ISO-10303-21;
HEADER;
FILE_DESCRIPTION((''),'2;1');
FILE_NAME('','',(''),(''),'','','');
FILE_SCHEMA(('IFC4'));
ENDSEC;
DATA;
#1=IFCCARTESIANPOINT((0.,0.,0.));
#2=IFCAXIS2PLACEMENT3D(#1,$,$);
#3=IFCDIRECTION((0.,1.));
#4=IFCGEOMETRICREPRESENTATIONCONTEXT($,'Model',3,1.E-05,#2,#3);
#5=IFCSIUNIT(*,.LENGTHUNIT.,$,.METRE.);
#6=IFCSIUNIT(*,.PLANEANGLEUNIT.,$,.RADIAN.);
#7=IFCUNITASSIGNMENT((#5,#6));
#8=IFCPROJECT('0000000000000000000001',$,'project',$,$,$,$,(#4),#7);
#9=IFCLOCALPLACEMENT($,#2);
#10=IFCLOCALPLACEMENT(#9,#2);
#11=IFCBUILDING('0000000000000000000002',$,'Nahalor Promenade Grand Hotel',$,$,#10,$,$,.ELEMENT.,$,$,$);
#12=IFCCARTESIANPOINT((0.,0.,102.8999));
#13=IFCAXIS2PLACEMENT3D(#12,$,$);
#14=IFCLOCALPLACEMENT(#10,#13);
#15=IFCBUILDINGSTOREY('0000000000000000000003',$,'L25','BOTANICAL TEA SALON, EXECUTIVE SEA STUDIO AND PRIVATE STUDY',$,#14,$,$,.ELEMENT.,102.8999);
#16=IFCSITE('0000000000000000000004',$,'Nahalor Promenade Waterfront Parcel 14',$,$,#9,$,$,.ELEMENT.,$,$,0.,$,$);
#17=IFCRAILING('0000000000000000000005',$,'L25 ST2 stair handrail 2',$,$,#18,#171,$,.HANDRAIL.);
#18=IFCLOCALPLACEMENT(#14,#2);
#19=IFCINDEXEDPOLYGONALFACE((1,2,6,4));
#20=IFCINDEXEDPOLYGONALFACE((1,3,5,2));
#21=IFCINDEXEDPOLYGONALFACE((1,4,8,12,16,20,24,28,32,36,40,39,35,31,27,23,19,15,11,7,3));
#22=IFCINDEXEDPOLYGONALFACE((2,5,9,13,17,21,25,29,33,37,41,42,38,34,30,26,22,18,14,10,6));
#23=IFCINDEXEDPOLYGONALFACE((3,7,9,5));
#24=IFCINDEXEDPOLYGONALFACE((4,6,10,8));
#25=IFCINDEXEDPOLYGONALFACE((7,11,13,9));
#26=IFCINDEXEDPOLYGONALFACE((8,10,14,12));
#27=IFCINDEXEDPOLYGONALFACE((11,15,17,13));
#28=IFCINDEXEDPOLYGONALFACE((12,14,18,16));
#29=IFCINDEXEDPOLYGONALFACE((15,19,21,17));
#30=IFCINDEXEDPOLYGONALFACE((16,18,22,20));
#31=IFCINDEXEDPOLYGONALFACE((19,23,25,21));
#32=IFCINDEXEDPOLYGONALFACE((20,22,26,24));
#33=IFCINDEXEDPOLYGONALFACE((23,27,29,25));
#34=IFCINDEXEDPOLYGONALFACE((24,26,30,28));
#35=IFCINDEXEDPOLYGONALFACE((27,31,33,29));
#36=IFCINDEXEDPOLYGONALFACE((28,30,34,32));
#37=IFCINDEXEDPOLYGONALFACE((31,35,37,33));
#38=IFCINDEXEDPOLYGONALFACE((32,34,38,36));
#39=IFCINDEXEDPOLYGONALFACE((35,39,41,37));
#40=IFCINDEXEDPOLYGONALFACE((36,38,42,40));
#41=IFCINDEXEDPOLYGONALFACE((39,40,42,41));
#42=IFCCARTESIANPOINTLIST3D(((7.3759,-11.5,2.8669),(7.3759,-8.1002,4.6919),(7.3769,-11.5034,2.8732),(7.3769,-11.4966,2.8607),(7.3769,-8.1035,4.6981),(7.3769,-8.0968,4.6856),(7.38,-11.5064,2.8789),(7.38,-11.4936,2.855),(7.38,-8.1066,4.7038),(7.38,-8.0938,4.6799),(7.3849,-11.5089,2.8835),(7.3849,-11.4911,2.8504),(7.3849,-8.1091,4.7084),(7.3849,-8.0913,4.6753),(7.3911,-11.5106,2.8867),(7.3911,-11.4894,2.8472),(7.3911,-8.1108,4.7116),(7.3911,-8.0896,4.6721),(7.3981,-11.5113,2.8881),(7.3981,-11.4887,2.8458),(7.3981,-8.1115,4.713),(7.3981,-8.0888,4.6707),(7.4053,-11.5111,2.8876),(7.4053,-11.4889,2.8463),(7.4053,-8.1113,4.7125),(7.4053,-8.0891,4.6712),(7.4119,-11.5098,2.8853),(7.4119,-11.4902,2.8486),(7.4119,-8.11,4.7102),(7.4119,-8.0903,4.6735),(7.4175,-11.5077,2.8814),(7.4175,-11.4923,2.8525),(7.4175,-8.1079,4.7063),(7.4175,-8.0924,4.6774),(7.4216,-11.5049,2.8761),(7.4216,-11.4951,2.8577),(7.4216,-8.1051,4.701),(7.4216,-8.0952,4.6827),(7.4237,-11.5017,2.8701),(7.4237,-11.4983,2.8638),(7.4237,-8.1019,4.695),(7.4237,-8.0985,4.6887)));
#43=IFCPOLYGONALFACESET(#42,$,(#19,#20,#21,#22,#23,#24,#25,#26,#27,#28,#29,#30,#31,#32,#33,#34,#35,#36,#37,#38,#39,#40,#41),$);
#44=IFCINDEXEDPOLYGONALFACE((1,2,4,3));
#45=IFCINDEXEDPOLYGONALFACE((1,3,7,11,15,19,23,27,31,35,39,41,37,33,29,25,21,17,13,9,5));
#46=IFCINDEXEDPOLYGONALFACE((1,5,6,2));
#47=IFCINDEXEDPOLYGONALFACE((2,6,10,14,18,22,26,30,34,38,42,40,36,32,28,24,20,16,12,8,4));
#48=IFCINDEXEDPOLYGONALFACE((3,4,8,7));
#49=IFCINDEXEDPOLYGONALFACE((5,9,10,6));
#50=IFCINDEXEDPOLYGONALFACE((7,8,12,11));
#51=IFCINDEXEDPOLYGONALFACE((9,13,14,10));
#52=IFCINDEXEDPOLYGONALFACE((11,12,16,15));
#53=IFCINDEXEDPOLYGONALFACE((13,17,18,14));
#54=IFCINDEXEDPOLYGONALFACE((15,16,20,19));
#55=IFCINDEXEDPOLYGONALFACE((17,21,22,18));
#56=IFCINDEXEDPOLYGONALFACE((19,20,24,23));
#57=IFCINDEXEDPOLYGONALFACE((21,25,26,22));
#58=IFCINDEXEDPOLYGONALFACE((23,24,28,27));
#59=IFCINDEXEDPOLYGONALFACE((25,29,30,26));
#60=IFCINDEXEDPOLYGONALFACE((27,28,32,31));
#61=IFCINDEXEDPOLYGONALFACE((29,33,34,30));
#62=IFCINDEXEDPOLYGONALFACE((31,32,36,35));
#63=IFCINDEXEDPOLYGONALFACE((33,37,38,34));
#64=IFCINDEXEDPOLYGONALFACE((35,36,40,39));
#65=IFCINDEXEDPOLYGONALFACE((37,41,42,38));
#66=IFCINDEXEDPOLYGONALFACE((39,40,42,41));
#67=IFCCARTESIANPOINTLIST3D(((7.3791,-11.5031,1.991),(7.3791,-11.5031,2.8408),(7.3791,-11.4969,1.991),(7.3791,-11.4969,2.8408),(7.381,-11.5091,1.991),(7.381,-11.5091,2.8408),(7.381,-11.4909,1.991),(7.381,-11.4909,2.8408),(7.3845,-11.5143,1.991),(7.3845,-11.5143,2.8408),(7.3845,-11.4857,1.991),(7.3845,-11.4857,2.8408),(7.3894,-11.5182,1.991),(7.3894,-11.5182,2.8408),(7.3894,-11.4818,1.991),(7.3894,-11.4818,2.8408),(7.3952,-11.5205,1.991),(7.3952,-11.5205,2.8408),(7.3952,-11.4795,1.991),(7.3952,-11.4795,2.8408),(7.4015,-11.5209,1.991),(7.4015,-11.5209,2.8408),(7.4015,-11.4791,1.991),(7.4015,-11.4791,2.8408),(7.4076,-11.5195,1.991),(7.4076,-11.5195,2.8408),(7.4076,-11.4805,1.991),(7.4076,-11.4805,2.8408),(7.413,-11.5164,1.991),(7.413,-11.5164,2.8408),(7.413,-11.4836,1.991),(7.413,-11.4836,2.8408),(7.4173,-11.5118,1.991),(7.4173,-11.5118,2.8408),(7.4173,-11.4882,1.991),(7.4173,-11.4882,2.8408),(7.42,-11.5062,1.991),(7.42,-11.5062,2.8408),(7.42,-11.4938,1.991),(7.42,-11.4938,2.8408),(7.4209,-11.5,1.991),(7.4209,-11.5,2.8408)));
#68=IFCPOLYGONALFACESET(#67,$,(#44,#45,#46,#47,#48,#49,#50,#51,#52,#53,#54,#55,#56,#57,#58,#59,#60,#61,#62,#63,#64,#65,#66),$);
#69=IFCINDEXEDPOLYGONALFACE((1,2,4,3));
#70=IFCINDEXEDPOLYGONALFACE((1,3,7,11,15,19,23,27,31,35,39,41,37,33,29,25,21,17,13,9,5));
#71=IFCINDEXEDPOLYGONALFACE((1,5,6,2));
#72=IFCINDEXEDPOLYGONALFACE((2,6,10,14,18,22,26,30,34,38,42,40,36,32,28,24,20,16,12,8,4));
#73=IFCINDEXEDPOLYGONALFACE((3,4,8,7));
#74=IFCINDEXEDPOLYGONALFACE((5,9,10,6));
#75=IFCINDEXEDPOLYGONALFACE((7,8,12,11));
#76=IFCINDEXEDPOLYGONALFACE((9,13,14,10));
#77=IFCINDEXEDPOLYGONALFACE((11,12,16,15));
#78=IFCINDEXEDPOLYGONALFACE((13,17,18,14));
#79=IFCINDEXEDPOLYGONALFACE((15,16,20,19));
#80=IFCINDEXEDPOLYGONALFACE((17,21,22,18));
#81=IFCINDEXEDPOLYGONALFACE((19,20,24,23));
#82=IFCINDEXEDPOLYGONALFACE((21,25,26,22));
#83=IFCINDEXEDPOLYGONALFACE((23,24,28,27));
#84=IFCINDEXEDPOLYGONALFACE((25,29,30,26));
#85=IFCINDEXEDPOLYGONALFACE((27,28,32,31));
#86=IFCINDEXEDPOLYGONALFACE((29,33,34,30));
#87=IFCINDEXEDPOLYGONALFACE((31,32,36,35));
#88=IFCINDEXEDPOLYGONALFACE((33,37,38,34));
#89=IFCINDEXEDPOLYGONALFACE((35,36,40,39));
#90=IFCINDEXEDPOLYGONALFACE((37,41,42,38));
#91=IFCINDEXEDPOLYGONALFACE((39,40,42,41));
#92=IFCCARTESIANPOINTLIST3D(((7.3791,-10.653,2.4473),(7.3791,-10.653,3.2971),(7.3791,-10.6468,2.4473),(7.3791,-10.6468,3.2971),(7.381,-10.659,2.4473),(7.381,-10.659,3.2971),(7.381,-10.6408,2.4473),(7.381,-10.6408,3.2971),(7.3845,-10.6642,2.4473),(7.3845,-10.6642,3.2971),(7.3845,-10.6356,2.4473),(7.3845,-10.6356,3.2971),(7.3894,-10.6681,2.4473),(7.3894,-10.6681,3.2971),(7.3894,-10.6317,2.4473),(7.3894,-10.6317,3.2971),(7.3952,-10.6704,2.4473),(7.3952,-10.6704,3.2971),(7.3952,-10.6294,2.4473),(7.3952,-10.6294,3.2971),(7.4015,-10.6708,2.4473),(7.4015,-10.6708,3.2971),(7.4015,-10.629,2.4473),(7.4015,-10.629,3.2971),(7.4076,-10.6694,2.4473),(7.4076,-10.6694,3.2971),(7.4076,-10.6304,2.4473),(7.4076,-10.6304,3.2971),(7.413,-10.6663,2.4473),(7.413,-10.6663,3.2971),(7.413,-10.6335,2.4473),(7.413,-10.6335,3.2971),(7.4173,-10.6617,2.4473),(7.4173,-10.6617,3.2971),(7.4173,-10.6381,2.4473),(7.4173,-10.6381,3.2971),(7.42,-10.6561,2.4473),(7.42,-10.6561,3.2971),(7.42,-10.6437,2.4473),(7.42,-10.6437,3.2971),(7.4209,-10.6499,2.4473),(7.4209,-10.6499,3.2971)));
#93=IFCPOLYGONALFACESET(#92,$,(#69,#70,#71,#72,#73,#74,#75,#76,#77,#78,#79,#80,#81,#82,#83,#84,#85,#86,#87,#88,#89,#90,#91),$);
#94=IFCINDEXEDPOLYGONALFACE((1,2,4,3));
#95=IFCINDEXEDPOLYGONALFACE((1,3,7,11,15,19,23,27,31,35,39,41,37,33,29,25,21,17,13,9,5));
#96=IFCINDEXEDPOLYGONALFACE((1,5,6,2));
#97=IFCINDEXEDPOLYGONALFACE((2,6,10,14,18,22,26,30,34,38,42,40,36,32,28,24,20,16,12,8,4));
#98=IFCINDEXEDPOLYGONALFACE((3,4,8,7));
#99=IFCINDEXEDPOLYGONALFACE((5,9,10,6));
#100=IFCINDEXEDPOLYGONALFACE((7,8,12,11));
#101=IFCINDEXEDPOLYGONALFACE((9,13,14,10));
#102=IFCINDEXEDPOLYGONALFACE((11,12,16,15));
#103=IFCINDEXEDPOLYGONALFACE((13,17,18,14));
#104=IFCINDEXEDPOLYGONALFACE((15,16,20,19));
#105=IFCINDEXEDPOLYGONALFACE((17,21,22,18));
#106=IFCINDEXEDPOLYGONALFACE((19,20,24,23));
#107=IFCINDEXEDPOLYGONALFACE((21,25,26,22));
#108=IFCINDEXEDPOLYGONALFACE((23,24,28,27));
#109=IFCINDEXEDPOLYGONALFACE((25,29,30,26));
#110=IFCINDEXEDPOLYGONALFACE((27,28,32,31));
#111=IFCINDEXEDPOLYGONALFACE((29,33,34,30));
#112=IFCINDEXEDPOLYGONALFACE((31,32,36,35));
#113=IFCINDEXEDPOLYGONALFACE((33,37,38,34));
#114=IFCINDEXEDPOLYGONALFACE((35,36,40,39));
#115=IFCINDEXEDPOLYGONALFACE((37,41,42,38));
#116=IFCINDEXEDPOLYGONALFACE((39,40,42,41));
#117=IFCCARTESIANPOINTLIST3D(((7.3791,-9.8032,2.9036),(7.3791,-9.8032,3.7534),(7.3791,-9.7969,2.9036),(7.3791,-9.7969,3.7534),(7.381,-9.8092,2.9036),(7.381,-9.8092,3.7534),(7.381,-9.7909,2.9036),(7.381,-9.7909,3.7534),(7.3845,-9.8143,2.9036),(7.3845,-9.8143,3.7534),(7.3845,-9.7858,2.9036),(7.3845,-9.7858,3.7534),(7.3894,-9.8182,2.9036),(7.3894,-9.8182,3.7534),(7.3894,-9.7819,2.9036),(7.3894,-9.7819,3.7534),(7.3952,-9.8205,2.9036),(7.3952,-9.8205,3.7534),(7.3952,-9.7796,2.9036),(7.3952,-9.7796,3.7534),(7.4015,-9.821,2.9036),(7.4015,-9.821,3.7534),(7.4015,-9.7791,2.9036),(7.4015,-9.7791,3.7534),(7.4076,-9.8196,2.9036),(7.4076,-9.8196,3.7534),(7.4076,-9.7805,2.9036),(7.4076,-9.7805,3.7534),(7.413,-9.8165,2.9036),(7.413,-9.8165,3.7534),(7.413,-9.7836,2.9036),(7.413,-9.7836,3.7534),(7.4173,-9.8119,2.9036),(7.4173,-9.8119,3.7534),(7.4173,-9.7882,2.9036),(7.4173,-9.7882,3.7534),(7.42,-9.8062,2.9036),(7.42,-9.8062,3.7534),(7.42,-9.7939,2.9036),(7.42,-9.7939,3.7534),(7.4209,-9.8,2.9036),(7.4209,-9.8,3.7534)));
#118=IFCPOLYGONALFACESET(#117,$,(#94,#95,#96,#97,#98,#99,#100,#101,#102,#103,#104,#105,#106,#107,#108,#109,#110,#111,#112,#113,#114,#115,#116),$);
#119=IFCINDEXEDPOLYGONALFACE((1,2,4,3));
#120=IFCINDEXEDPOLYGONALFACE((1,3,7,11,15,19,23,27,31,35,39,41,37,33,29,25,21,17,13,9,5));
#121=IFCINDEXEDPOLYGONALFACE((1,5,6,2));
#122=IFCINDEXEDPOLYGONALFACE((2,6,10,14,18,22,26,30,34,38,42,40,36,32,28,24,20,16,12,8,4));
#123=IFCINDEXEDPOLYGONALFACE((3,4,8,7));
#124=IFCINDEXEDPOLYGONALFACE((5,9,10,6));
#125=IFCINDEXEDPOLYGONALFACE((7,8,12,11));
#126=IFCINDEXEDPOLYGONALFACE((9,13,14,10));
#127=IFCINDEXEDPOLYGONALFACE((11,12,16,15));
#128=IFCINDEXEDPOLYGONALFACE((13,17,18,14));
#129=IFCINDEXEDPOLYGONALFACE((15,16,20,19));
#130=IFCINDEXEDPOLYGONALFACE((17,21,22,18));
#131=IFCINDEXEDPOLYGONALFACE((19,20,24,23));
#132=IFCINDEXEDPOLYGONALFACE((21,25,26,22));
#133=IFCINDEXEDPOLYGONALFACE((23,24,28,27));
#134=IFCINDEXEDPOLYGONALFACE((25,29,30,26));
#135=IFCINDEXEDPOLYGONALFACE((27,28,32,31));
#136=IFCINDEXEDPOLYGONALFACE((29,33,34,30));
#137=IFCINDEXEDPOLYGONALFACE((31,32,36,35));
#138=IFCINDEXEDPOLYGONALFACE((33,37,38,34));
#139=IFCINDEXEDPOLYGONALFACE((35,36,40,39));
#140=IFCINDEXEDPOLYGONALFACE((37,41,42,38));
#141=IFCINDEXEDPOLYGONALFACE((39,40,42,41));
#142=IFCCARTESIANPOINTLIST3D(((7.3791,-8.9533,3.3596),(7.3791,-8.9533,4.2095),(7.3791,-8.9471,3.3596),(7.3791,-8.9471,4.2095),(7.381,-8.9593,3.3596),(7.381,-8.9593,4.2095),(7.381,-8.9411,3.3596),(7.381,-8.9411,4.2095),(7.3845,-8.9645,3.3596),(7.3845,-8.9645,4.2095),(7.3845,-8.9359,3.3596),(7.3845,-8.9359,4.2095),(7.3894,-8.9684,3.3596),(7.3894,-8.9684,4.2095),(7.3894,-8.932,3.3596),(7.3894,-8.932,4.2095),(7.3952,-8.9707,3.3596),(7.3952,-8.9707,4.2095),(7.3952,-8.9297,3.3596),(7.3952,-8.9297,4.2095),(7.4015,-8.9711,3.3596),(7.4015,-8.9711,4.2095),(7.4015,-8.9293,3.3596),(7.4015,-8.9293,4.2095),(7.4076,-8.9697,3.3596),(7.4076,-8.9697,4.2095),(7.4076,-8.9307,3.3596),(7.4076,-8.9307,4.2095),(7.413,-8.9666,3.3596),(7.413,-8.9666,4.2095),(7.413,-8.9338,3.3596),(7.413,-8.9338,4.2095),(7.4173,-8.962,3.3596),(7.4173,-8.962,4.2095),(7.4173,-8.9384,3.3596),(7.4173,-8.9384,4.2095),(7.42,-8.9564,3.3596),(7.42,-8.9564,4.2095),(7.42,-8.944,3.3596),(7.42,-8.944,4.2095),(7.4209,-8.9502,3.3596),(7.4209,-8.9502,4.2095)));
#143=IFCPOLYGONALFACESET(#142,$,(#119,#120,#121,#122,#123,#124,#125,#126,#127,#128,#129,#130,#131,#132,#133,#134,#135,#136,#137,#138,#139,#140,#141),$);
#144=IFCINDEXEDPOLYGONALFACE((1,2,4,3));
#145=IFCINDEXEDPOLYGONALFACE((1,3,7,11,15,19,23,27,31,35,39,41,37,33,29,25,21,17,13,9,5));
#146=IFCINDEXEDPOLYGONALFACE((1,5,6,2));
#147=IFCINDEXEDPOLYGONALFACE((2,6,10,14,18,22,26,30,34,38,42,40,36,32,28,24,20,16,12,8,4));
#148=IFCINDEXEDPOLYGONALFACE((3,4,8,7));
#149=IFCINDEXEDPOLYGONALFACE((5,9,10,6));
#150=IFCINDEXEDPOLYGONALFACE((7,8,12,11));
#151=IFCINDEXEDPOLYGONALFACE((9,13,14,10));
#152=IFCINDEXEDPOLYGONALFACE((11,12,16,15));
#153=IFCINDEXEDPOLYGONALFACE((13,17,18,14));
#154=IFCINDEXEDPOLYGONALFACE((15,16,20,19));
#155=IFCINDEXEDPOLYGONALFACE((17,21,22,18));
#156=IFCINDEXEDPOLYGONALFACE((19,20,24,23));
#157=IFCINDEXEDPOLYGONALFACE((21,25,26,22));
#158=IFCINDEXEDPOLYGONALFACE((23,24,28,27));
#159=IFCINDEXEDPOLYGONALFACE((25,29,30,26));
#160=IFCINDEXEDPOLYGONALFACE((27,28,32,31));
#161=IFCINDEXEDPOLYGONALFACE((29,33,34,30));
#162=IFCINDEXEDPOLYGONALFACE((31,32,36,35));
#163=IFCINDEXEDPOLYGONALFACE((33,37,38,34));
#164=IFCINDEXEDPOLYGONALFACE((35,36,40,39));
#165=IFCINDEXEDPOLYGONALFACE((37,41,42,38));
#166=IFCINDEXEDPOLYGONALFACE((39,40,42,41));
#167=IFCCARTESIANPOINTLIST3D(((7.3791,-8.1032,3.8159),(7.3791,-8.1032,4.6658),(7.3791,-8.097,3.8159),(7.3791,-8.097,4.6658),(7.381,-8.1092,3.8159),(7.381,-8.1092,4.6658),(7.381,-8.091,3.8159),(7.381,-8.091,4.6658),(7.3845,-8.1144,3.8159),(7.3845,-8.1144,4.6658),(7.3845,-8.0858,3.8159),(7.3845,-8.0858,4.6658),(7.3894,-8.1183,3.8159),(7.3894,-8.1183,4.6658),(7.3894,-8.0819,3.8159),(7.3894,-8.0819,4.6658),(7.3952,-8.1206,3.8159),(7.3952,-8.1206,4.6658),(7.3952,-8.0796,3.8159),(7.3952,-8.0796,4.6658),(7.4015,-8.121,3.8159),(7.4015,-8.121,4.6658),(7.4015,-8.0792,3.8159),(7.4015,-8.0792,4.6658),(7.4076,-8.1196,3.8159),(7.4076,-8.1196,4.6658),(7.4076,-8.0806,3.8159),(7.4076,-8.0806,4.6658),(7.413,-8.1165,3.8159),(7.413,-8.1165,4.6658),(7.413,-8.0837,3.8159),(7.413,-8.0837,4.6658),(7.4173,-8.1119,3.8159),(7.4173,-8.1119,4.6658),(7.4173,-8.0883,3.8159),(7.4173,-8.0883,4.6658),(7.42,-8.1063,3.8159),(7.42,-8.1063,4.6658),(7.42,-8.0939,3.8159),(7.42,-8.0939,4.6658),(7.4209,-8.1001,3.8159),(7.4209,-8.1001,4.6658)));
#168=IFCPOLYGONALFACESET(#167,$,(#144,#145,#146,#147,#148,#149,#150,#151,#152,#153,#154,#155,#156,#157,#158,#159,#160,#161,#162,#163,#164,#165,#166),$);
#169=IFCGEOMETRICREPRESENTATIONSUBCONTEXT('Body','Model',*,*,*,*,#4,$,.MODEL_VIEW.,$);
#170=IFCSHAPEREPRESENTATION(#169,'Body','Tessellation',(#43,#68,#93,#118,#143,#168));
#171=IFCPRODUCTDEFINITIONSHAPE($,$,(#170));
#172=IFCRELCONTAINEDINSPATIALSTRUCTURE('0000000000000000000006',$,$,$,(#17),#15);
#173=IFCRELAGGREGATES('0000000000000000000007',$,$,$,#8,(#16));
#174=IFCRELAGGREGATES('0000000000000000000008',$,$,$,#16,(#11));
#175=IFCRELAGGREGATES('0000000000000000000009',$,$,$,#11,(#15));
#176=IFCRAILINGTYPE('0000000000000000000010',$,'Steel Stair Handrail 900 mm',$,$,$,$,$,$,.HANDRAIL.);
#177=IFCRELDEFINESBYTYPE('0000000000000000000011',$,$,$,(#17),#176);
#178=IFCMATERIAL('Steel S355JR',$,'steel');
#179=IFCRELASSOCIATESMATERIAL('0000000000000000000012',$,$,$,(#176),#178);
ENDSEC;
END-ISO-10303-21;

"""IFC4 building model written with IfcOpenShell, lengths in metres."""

from ifc_helpers import new_model, si_unit, direction, frame, origin, origin_2d, place, context, subcontext, project, spatial, circle, extrude, material, type_object, element, save


model = new_model("IFC4")

# Units and contexts
model_context = context("Model", 3, precision=1e-05, world=origin(), true_north=direction((0.0, 1.0)))
body_context = subcontext(model_context, "Body", "Model", "MODEL_VIEW")
ifc_project = project(units=[si_unit("LENGTHUNIT", "METRE"), si_unit("PLANEANGLEUNIT", "RADIAN")], contexts=[model_context])

# Site, building, storey
site_placement = place(None, origin())
site = spatial("IfcSite", under=ifc_project, at=site_placement, Name="Nahalor Promenade Waterfront Parcel 14", CompositionType="ELEMENT", RefElevation=0.0)
building_placement = place(site_placement, origin())
building = spatial("IfcBuilding", under=site, at=building_placement, Name="Nahalor Promenade Grand Hotel", CompositionType="ELEMENT")
storey_placement = place(building_placement, frame((0.0, 0.0, 102.8999)))
storey = spatial("IfcBuildingStorey", under=building, at=storey_placement, Name="L25", Description="BOTANICAL TEA SALON, EXECUTIVE SEA STUDIO AND PRIVATE STUDY", CompositionType="ELEMENT", Elevation=102.8999)

# Shared definitions
ifc_material_1 = material(Name="Steel S355JR", Category="steel")

# Railing
railing_type_1 = type_object("IfcRailingType", Name="Steel Stair Handrail 900 mm", PredefinedType="HANDRAIL", material=ifc_material_1)
railing_1_placement = place(storey_placement, frame((7.3999, -11.5, 1.991)))
element("IfcRailing", 1, at=railing_1_placement, inside=storey, type_object=railing_type_1, Name="L25 ST2 stair handrail 2", PredefinedType="HANDRAIL", context=body_context, shape_type="SweptSolid", body=[
    extrude(circle(Radius=0.024, at=origin_2d()), frame((0.0, 0.0, 0.876), z_axis=(0.0, 0.881094, 0.472941), x_axis=(-1.0, 0.0, 0.0)), (0.0, 0.0, 1.0), 3.8586),
    extrude(circle(Radius=0.021, at=origin_2d()), origin(), (0.0, 0.0, 1.0), 0.8499),
    extrude(circle(Radius=0.021, at=origin_2d()), frame((0.0, 0.8501, 0.4563)), (0.0, 0.0, 1.0), 0.8499),
    extrude(circle(Radius=0.021, at=origin_2d()), frame((0.0, 1.7, 0.9126)), (0.0, 0.0, 1.0), 0.8499),
    extrude(circle(Radius=0.021, at=origin_2d()), frame((0.0, 2.5498, 1.3687)), (0.0, 0.0, 1.0), 0.8499),
    extrude(circle(Radius=0.021, at=origin_2d()), frame((0.0, 3.3999, 1.825)), (0.0, 0.0, 1.0), 0.8499),
])

save(model, "model.ifc")
